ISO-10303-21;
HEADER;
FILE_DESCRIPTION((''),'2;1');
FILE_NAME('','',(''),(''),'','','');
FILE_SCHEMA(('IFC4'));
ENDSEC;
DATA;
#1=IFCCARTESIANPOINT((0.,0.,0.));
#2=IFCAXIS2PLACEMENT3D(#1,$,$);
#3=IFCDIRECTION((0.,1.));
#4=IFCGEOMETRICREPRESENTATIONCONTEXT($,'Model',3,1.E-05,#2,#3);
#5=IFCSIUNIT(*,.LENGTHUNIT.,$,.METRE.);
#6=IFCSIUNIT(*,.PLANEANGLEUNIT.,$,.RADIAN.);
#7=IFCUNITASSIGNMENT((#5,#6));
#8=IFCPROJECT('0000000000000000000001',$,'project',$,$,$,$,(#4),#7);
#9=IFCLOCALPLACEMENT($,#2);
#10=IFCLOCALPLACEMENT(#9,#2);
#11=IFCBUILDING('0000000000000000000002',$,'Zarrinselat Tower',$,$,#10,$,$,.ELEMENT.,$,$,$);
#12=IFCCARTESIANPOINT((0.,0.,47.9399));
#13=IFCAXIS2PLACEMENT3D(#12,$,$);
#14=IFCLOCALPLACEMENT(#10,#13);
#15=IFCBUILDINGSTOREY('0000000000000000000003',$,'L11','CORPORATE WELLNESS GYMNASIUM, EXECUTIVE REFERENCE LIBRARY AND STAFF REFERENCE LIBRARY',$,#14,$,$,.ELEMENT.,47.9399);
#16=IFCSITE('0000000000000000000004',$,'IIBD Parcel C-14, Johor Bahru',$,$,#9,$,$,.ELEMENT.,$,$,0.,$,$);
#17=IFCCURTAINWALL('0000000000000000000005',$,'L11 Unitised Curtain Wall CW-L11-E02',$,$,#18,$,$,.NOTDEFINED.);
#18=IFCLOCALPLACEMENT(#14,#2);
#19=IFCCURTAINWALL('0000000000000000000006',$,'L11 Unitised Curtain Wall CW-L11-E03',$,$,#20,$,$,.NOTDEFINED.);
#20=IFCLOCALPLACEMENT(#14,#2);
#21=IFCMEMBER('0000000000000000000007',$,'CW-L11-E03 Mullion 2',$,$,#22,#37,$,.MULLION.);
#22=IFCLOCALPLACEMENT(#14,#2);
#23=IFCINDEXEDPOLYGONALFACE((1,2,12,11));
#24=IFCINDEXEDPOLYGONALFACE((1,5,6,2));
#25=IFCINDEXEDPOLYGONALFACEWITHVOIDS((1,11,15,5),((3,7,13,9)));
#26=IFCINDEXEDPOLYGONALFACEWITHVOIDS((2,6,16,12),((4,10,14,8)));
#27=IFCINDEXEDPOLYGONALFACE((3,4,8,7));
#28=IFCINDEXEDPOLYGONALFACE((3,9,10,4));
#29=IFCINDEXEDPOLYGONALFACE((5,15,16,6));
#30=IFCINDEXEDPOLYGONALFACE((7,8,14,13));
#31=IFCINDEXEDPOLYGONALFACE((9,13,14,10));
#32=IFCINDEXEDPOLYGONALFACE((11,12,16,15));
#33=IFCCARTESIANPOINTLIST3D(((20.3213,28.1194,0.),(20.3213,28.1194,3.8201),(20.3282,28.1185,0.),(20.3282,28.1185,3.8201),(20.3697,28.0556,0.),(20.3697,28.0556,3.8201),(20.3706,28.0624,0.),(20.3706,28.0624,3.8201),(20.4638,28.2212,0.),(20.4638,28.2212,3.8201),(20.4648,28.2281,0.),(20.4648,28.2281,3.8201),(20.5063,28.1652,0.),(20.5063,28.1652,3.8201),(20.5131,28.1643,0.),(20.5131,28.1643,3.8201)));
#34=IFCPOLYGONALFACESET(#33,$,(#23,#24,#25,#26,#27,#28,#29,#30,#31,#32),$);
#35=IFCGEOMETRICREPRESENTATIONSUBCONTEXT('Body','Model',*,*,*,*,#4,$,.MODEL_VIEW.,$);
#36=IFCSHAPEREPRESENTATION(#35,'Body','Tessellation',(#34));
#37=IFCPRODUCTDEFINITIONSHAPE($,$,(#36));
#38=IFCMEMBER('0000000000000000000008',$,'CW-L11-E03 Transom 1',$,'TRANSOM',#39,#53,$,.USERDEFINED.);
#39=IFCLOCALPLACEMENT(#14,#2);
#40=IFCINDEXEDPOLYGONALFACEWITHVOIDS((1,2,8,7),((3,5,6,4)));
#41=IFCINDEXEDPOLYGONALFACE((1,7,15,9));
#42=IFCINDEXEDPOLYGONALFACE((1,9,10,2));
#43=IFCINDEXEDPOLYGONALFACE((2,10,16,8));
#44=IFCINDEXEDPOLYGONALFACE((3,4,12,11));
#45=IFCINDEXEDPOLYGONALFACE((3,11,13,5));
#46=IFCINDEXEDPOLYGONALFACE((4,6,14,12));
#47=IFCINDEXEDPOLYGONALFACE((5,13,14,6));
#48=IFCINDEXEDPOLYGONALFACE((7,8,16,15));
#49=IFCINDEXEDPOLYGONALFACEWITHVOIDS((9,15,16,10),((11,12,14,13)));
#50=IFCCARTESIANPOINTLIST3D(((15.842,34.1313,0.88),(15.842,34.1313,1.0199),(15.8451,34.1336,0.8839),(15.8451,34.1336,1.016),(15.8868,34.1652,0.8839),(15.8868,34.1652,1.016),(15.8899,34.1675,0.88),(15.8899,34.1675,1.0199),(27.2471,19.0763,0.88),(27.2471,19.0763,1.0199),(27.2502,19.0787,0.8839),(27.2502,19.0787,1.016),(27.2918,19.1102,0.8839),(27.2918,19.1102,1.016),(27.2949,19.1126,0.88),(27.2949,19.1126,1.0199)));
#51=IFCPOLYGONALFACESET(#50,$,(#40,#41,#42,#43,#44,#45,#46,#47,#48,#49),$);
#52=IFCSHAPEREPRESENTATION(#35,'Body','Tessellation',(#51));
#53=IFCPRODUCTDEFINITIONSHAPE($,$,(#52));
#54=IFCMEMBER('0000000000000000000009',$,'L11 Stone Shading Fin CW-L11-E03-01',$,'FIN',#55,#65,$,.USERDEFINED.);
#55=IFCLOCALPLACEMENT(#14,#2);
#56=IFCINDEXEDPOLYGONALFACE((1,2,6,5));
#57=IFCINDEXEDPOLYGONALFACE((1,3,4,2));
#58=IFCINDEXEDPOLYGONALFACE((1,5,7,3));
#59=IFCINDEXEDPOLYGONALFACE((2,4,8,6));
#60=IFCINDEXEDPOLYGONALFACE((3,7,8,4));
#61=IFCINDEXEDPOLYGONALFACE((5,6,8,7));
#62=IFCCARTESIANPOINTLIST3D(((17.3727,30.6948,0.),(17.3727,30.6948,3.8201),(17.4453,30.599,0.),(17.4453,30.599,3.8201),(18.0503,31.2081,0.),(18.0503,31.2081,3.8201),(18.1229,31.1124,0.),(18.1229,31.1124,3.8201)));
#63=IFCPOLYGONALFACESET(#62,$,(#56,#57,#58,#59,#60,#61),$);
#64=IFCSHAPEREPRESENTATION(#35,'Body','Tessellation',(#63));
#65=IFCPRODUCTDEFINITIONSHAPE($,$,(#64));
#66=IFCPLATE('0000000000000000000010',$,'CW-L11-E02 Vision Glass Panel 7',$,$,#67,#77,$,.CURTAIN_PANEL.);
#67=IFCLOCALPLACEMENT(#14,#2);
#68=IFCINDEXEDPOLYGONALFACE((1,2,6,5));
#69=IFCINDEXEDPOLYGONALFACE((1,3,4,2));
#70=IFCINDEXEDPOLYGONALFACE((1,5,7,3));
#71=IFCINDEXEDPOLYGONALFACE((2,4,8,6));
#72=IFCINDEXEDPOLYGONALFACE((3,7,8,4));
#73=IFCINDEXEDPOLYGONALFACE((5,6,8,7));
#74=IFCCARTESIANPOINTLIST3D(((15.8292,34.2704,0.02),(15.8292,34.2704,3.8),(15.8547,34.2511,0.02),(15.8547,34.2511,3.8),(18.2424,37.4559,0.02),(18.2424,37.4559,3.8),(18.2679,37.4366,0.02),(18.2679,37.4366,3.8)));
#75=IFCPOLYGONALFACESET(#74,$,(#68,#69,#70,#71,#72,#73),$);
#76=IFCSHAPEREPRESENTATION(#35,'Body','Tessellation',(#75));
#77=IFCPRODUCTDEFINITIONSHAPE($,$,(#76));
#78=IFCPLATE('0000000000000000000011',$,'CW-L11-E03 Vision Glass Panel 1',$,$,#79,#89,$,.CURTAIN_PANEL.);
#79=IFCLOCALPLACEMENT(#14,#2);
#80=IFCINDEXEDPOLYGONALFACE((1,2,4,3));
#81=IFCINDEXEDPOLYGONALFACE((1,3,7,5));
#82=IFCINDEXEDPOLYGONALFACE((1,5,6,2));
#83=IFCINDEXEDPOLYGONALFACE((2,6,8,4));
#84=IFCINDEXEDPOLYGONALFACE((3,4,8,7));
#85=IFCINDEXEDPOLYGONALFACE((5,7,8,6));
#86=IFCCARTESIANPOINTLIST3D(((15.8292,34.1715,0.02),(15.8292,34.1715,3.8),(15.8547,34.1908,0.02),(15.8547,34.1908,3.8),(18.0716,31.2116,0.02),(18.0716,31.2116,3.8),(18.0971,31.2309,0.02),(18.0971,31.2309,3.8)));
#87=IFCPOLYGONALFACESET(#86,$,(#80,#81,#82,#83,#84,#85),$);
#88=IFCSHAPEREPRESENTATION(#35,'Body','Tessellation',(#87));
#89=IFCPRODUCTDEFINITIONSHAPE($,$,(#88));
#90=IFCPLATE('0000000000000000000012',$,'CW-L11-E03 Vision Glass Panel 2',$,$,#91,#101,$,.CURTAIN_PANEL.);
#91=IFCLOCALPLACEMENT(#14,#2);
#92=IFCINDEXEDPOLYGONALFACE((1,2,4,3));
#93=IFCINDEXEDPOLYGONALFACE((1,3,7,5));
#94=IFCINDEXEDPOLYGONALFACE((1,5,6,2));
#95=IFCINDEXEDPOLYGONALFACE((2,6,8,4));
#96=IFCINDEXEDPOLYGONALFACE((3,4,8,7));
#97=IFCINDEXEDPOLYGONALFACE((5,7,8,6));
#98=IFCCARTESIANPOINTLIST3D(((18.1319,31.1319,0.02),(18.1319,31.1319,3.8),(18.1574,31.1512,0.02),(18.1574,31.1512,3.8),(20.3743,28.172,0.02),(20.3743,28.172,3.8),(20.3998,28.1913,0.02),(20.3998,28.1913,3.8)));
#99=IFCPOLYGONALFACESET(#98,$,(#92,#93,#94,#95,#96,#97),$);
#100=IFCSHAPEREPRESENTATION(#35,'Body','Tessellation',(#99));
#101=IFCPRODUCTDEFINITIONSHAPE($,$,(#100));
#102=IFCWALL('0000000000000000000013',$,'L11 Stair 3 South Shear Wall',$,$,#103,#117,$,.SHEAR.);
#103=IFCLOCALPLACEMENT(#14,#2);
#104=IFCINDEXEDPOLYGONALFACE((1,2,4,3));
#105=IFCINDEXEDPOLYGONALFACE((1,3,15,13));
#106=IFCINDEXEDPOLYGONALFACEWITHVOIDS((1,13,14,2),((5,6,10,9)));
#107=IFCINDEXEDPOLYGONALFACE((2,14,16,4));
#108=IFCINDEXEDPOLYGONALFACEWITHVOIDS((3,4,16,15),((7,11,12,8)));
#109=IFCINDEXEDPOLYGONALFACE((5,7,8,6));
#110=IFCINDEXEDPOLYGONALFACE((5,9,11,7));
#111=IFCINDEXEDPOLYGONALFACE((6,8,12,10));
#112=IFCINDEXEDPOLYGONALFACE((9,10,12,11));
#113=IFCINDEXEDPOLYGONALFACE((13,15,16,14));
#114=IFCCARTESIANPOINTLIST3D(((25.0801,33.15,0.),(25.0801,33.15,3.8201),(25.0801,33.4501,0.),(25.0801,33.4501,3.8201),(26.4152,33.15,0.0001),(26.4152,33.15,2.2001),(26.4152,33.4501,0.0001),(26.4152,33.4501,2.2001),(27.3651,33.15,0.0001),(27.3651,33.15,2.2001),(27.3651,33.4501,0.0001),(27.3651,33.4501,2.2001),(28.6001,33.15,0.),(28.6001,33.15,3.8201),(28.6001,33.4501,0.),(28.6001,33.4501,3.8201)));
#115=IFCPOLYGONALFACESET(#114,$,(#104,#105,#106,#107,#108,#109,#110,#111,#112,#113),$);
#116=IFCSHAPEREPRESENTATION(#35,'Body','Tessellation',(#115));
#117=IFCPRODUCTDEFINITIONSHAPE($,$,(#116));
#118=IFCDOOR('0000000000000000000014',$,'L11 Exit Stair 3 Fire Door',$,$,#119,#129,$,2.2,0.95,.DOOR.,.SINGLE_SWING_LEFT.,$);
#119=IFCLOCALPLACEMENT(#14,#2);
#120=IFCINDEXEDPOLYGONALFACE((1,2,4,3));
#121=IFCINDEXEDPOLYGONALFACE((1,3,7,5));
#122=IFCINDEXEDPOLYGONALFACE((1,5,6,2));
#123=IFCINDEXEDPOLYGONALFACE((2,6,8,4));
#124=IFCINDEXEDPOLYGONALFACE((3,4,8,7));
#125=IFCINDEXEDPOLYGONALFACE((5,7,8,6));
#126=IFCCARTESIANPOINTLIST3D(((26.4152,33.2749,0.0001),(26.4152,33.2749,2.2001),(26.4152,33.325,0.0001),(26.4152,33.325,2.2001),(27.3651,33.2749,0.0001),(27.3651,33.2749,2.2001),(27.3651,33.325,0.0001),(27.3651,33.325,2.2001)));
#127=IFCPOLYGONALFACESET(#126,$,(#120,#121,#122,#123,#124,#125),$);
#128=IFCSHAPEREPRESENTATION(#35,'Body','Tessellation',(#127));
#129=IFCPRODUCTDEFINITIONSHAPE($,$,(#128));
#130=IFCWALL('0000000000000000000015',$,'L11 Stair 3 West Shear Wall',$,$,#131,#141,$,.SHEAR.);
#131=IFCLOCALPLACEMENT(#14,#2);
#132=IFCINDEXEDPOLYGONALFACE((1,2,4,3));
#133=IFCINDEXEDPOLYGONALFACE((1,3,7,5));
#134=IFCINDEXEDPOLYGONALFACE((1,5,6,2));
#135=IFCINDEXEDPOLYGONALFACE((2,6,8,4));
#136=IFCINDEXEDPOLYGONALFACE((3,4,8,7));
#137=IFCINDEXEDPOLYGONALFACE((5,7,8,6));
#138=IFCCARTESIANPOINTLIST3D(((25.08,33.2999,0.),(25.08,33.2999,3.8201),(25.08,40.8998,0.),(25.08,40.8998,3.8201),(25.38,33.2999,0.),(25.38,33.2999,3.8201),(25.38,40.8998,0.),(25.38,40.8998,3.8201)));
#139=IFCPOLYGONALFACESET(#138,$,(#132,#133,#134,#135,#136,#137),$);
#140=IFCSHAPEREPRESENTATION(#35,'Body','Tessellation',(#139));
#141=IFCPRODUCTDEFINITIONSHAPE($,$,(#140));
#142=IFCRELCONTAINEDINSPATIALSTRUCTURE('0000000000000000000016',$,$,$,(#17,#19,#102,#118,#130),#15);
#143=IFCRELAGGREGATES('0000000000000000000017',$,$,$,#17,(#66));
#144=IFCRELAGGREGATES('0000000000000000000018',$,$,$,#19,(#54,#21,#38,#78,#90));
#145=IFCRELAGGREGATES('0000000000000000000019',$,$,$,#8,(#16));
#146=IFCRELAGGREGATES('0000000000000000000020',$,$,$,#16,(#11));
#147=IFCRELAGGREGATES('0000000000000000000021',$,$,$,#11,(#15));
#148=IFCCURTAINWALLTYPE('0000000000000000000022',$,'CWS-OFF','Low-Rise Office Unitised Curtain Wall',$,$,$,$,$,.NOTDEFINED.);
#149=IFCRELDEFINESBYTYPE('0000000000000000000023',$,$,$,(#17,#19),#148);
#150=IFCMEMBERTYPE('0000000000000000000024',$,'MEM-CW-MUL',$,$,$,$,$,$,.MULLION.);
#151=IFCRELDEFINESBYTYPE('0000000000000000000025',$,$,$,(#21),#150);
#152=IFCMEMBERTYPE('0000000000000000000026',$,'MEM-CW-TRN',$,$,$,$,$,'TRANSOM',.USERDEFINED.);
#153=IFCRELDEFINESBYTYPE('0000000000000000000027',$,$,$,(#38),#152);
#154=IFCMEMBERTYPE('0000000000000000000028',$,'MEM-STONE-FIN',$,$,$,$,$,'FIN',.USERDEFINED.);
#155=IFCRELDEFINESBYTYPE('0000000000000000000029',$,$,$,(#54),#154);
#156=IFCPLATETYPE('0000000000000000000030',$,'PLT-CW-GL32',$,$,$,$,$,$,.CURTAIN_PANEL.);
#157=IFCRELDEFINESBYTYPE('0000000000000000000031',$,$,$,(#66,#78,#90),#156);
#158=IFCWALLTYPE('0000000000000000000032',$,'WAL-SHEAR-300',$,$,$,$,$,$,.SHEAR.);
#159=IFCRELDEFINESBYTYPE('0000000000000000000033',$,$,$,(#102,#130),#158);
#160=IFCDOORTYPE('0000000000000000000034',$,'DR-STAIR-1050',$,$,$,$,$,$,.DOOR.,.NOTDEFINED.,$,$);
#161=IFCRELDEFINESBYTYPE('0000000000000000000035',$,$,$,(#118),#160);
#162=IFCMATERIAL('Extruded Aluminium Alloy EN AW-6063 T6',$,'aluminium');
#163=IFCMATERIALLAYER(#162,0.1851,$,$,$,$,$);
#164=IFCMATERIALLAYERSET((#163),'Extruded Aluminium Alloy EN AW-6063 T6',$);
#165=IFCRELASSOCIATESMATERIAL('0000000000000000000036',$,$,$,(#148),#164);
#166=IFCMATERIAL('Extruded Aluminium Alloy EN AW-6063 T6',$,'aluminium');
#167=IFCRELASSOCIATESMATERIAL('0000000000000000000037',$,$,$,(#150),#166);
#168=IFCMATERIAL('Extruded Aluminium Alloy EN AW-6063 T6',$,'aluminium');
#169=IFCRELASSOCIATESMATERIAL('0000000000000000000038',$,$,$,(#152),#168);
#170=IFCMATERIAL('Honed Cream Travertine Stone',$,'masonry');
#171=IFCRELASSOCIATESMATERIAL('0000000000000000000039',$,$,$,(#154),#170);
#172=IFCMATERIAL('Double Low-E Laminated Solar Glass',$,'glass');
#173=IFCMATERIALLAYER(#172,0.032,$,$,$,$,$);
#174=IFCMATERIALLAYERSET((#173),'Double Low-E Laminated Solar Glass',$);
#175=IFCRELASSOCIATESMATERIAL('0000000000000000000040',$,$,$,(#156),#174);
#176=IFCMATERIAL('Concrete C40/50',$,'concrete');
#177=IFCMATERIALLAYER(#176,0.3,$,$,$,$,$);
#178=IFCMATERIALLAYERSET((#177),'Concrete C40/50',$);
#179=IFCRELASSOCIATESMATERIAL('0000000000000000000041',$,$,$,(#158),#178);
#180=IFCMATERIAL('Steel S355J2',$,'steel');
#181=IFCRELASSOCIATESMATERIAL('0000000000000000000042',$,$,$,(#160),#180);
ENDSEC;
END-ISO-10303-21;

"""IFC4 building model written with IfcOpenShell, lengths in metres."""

from ifc_helpers import new_model, si_unit, direction, frame, frame_2d, origin, origin_2d, place, context, subcontext, project, spatial, rectangle, hollow_rectangle, extrude, material, layer, layer_set, material_profile, profile_set, type_object, element, fill, aggregate, save


model = new_model("IFC4")

# Units and contexts
model_context = context("Model", 3, precision=1e-05, world=origin(), true_north=direction((0.0, 1.0)))
body_context = subcontext(model_context, "Body", "Model", "MODEL_VIEW")
ifc_project = project(units=[si_unit("LENGTHUNIT", "METRE"), si_unit("PLANEANGLEUNIT", "RADIAN")], contexts=[model_context])

# Site, building, storey
site_placement = place(None, origin())
site = spatial("IfcSite", under=ifc_project, at=site_placement, Name="IIBD Parcel C-14, Johor Bahru", CompositionType="ELEMENT", RefElevation=0.0)
building_placement = place(site_placement, origin())
building = spatial("IfcBuilding", under=site, at=building_placement, Name="Zarrinselat Tower", CompositionType="ELEMENT")
storey_placement = place(building_placement, frame((0.0, 0.0, 47.9399)))
storey = spatial("IfcBuildingStorey", under=building, at=storey_placement, Name="L11", Description="CORPORATE WELLNESS GYMNASIUM, EXECUTIVE REFERENCE LIBRARY AND STAFF REFERENCE LIBRARY", CompositionType="ELEMENT", Elevation=47.9399)

# Curtain wall
ifc_material_1 = material(Name="Extruded Aluminium Alloy EN AW-6063 T6", Category="aluminium")
ifc_layer_1 = layer(ifc_material_1, 0.1851)
ifc_layer_set_1 = layer_set([ifc_layer_1], Name="Extruded Aluminium Alloy EN AW-6063 T6")
curtain_wall_type = type_object("IfcCurtainWallType", Name="CWS-OFF", Description="Low-Rise Office Unitised Curtain Wall", PredefinedType="NOTDEFINED", material=ifc_layer_set_1)
curtain_wall_1_placement = place(storey_placement, origin())
curtain_wall_1 = element("IfcCurtainWall", 1, at=curtain_wall_1_placement, inside=storey, type_object=curtain_wall_type, Name="L11 Unitised Curtain Wall CW-L11-E02", PredefinedType="NOTDEFINED")
ifc_material_2 = material(Name="Extruded Aluminium Alloy EN AW-6063 T6", Category="aluminium")
ifc_material_profile_1 = material_profile(ifc_material_2, hollow_rectangle(XDim=0.0801, YDim=0.1799, WallThickness=0.0049, at=origin_2d()), Name="RHS 180x80x5")
ifc_profile_set_1 = profile_set([ifc_material_profile_1], Name="Extruded Aluminium Alloy EN AW-6063 T6")
member_type_1 = type_object("IfcMemberType", Name="MEM-CW-MUL", PredefinedType="MULLION", material=ifc_profile_set_1)

# Curtain wall, members
curtain_wall_2_placement = place(storey_placement, origin())
curtain_wall_2 = element("IfcCurtainWall", 2, at=curtain_wall_2_placement, inside=storey, type_object=curtain_wall_type, Name="L11 Unitised Curtain Wall CW-L11-E03", PredefinedType="NOTDEFINED")
member_1_placement = place(storey_placement, frame((20.4172, 28.1418, 0.0), z_axis=(0.0, 0.0, 1.0), x_axis=(0.603857, -0.797092, 0.0)))
member_1 = element("IfcMember", 3, at=member_1_placement, type_object=member_type_1, Name="CW-L11-E03 Mullion 2", PredefinedType="MULLION", context=body_context, shape_type="SweptSolid", body=[
    extrude(hollow_rectangle(XDim=0.0801, YDim=0.1799, WallThickness=0.0049, at=origin_2d()), origin(), (0.0, 0.0, 1.0), 3.8201),
])
ifc_material_3 = material(Name="Extruded Aluminium Alloy EN AW-6063 T6", Category="aluminium")
ifc_material_profile_2 = material_profile(ifc_material_3, hollow_rectangle(XDim=0.0601, YDim=0.1399, WallThickness=0.0039, at=origin_2d()), Name="RHS 140x60x4")
ifc_profile_set_2 = profile_set([ifc_material_profile_2], Name="Extruded Aluminium Alloy EN AW-6063 T6")
member_type_2 = type_object("IfcMemberType", Name="MEM-CW-TRN", ElementType="TRANSOM", PredefinedType="USERDEFINED", material=ifc_profile_set_2)
member_2_placement = place(storey_placement, frame((15.866, 34.1494, 0.95), z_axis=(0.60385, -0.797098, 0.0), x_axis=(0.797098, 0.60385, 0.0)))
member_2 = element("IfcMember", 4, at=member_2_placement, type_object=member_type_2, Name="CW-L11-E03 Transom 1", ObjectType="TRANSOM", PredefinedType="USERDEFINED", context=body_context, shape_type="SweptSolid", body=[
    extrude(hollow_rectangle(XDim=0.0601, YDim=0.1399, WallThickness=0.0039, at=origin_2d()), origin(), (0.0, 0.0, 1.0), 18.8872),
])
ifc_material_4 = material(Name="Honed Cream Travertine Stone", Category="masonry")
ifc_material_profile_3 = material_profile(ifc_material_4, rectangle(XDim=0.1201, YDim=0.8501, at=origin_2d()), Name="FIN 850x120")
ifc_profile_set_3 = profile_set([ifc_material_profile_3], Name="Honed Cream Travertine Stone")
member_type_3 = type_object("IfcMemberType", Name="MEM-STONE-FIN", ElementType="FIN", PredefinedType="USERDEFINED", material=ifc_profile_set_3)
member_3_placement = place(storey_placement, frame((17.7478, 30.9036, 0.0), z_axis=(0.0, 0.0, 1.0), x_axis=(-0.603857, 0.797092, 0.0)))
member_3 = element("IfcMember", 5, at=member_3_placement, type_object=member_type_3, Name="L11 Stone Shading Fin CW-L11-E03-01", ObjectType="FIN", PredefinedType="USERDEFINED", context=body_context, shape_type="SweptSolid", body=[
    extrude(rectangle(XDim=0.1201, YDim=0.8501, at=origin_2d()), origin(), (0.0, 0.0, 1.0), 3.8201),
])

# Plates
ifc_material_5 = material(Name="Double Low-E Laminated Solar Glass", Category="glass")
ifc_layer_2 = layer(ifc_material_5, 0.032)
ifc_layer_set_2 = layer_set([ifc_layer_2], Name="Double Low-E Laminated Solar Glass")
plate_type = type_object("IfcPlateType", Name="PLT-CW-GL32", PredefinedType="CURTAIN_PANEL", material=ifc_layer_set_2)
plate_1_placement = place(storey_placement, frame((17.0486, 35.8535, 0.02), z_axis=(0.0, 0.0, 1.0), x_axis=(-0.603857, -0.797093, 0.0)))
plate_1 = element("IfcPlate", 6, at=plate_1_placement, type_object=plate_type, Name="CW-L11-E02 Vision Glass Panel 7", PredefinedType="CURTAIN_PANEL", context=body_context, shape_type="SweptSolid", body=[
    extrude(rectangle(XDim=3.9963, YDim=0.032, at=origin_2d()), origin(), (0.0, 0.0, 1.0), 3.78),
])
aggregate(curtain_wall_1, [plate_1])
plate_2_placement = place(storey_placement, frame((16.9631, 32.7012, 0.02), z_axis=(0.0, 0.0, 1.0), x_axis=(0.603857, -0.797092, 0.0)))
plate_2 = element("IfcPlate", 7, at=plate_2_placement, type_object=plate_type, Name="CW-L11-E03 Vision Glass Panel 1", PredefinedType="CURTAIN_PANEL", context=body_context, shape_type="SweptSolid", body=[
    extrude(rectangle(XDim=3.7134, YDim=0.032, at=origin_2d()), origin(), (0.0, 0.0, 1.0), 3.78),
])
plate_3_placement = place(storey_placement, frame((19.2659, 29.6616, 0.02), z_axis=(0.0, 0.0, 1.0), x_axis=(0.603857, -0.797092, 0.0)))
plate_3 = element("IfcPlate", 8, at=plate_3_placement, type_object=plate_type, Name="CW-L11-E03 Vision Glass Panel 2", PredefinedType="CURTAIN_PANEL", context=body_context, shape_type="SweptSolid", body=[
    extrude(rectangle(XDim=3.7134, YDim=0.032, at=origin_2d()), origin(), (0.0, 0.0, 1.0), 3.78),
])
aggregate(curtain_wall_2, [member_3, member_1, member_2, plate_2, plate_3])

# Wall, opening, door
ifc_material_6 = material(Name="Concrete C40/50", Category="concrete")
ifc_layer_3 = layer(ifc_material_6, 0.3)
ifc_layer_set_3 = layer_set([ifc_layer_3], Name="Concrete C40/50")
wall_type = type_object("IfcWallType", Name="WAL-SHEAR-300", PredefinedType="SHEAR", material=ifc_layer_set_3)
wall_1_placement = place(storey_placement, frame((25.0801, 33.3, 0.0), z_axis=(0.0, 0.0, 1.0), x_axis=(1.0, 0.0, 0.0)))
wall_1 = element("IfcWall", 9, at=wall_1_placement, inside=storey, type_object=wall_type, Name="L11 Stair 3 South Shear Wall", PredefinedType="SHEAR", context=body_context, shape_type="SweptSolid", body=[
    extrude(rectangle(XDim=3.52, YDim=0.3, at=frame_2d((1.76, 0.0))), origin(), (0.0, 0.0, 1.0), 3.8201),
])
opening_placement = place(wall_1_placement, frame((1.335, 0.0, 0.0)))
opening = element("IfcOpeningElement", 10, at=opening_placement, cuts=wall_1, PredefinedType="OPENING", context=body_context, shape_type="SweptSolid", body=[
    extrude(rectangle(XDim=0.95, YDim=2.2, at=frame_2d((0.4751, 1.1001))), frame((0.0, 0.1599, 0.0), z_axis=(0.0, -1.0, 0.0), x_axis=(1.0, 0.0, 0.0)), (0.0, 0.0, 1.0), 0.3201),
])
ifc_material_7 = material(Name="Steel S355J2", Category="steel")
door_type = type_object("IfcDoorType", Name="DR-STAIR-1050", OperationType="NOTDEFINED", PredefinedType="DOOR", material=ifc_material_7)
door_placement = place(opening_placement, origin())
door = element("IfcDoor", 11, at=door_placement, inside=storey, type_object=door_type, Name="L11 Exit Stair 3 Fire Door", OperationType="SINGLE_SWING_LEFT", OverallHeight=2.2, OverallWidth=0.95, PredefinedType="DOOR", context=body_context, shape_type="SweptSolid", body=[
    extrude(rectangle(XDim=0.95, YDim=2.2, at=frame_2d((0.4751, 1.1001))), frame((0.0, 0.0249, 0.0), z_axis=(0.0, -1.0, 0.0), x_axis=(1.0, 0.0, 0.0)), (0.0, 0.0, 1.0), 0.05),
])
fill(opening, door)

# Wall
wall_2_placement = place(storey_placement, frame((25.23, 33.3, 0.0), z_axis=(0.0, 0.0, 1.0), x_axis=(0.0, 1.0, 0.0)))
element("IfcWall", 12, at=wall_2_placement, inside=storey, type_object=wall_type, Name="L11 Stair 3 West Shear Wall", PredefinedType="SHEAR", context=body_context, shape_type="SweptSolid", body=[
    extrude(rectangle(XDim=7.5999, YDim=0.3, at=frame_2d((3.7998, 0.0))), origin(), (0.0, 0.0, 1.0), 3.8201),
])

save(model, "model.ifc")
